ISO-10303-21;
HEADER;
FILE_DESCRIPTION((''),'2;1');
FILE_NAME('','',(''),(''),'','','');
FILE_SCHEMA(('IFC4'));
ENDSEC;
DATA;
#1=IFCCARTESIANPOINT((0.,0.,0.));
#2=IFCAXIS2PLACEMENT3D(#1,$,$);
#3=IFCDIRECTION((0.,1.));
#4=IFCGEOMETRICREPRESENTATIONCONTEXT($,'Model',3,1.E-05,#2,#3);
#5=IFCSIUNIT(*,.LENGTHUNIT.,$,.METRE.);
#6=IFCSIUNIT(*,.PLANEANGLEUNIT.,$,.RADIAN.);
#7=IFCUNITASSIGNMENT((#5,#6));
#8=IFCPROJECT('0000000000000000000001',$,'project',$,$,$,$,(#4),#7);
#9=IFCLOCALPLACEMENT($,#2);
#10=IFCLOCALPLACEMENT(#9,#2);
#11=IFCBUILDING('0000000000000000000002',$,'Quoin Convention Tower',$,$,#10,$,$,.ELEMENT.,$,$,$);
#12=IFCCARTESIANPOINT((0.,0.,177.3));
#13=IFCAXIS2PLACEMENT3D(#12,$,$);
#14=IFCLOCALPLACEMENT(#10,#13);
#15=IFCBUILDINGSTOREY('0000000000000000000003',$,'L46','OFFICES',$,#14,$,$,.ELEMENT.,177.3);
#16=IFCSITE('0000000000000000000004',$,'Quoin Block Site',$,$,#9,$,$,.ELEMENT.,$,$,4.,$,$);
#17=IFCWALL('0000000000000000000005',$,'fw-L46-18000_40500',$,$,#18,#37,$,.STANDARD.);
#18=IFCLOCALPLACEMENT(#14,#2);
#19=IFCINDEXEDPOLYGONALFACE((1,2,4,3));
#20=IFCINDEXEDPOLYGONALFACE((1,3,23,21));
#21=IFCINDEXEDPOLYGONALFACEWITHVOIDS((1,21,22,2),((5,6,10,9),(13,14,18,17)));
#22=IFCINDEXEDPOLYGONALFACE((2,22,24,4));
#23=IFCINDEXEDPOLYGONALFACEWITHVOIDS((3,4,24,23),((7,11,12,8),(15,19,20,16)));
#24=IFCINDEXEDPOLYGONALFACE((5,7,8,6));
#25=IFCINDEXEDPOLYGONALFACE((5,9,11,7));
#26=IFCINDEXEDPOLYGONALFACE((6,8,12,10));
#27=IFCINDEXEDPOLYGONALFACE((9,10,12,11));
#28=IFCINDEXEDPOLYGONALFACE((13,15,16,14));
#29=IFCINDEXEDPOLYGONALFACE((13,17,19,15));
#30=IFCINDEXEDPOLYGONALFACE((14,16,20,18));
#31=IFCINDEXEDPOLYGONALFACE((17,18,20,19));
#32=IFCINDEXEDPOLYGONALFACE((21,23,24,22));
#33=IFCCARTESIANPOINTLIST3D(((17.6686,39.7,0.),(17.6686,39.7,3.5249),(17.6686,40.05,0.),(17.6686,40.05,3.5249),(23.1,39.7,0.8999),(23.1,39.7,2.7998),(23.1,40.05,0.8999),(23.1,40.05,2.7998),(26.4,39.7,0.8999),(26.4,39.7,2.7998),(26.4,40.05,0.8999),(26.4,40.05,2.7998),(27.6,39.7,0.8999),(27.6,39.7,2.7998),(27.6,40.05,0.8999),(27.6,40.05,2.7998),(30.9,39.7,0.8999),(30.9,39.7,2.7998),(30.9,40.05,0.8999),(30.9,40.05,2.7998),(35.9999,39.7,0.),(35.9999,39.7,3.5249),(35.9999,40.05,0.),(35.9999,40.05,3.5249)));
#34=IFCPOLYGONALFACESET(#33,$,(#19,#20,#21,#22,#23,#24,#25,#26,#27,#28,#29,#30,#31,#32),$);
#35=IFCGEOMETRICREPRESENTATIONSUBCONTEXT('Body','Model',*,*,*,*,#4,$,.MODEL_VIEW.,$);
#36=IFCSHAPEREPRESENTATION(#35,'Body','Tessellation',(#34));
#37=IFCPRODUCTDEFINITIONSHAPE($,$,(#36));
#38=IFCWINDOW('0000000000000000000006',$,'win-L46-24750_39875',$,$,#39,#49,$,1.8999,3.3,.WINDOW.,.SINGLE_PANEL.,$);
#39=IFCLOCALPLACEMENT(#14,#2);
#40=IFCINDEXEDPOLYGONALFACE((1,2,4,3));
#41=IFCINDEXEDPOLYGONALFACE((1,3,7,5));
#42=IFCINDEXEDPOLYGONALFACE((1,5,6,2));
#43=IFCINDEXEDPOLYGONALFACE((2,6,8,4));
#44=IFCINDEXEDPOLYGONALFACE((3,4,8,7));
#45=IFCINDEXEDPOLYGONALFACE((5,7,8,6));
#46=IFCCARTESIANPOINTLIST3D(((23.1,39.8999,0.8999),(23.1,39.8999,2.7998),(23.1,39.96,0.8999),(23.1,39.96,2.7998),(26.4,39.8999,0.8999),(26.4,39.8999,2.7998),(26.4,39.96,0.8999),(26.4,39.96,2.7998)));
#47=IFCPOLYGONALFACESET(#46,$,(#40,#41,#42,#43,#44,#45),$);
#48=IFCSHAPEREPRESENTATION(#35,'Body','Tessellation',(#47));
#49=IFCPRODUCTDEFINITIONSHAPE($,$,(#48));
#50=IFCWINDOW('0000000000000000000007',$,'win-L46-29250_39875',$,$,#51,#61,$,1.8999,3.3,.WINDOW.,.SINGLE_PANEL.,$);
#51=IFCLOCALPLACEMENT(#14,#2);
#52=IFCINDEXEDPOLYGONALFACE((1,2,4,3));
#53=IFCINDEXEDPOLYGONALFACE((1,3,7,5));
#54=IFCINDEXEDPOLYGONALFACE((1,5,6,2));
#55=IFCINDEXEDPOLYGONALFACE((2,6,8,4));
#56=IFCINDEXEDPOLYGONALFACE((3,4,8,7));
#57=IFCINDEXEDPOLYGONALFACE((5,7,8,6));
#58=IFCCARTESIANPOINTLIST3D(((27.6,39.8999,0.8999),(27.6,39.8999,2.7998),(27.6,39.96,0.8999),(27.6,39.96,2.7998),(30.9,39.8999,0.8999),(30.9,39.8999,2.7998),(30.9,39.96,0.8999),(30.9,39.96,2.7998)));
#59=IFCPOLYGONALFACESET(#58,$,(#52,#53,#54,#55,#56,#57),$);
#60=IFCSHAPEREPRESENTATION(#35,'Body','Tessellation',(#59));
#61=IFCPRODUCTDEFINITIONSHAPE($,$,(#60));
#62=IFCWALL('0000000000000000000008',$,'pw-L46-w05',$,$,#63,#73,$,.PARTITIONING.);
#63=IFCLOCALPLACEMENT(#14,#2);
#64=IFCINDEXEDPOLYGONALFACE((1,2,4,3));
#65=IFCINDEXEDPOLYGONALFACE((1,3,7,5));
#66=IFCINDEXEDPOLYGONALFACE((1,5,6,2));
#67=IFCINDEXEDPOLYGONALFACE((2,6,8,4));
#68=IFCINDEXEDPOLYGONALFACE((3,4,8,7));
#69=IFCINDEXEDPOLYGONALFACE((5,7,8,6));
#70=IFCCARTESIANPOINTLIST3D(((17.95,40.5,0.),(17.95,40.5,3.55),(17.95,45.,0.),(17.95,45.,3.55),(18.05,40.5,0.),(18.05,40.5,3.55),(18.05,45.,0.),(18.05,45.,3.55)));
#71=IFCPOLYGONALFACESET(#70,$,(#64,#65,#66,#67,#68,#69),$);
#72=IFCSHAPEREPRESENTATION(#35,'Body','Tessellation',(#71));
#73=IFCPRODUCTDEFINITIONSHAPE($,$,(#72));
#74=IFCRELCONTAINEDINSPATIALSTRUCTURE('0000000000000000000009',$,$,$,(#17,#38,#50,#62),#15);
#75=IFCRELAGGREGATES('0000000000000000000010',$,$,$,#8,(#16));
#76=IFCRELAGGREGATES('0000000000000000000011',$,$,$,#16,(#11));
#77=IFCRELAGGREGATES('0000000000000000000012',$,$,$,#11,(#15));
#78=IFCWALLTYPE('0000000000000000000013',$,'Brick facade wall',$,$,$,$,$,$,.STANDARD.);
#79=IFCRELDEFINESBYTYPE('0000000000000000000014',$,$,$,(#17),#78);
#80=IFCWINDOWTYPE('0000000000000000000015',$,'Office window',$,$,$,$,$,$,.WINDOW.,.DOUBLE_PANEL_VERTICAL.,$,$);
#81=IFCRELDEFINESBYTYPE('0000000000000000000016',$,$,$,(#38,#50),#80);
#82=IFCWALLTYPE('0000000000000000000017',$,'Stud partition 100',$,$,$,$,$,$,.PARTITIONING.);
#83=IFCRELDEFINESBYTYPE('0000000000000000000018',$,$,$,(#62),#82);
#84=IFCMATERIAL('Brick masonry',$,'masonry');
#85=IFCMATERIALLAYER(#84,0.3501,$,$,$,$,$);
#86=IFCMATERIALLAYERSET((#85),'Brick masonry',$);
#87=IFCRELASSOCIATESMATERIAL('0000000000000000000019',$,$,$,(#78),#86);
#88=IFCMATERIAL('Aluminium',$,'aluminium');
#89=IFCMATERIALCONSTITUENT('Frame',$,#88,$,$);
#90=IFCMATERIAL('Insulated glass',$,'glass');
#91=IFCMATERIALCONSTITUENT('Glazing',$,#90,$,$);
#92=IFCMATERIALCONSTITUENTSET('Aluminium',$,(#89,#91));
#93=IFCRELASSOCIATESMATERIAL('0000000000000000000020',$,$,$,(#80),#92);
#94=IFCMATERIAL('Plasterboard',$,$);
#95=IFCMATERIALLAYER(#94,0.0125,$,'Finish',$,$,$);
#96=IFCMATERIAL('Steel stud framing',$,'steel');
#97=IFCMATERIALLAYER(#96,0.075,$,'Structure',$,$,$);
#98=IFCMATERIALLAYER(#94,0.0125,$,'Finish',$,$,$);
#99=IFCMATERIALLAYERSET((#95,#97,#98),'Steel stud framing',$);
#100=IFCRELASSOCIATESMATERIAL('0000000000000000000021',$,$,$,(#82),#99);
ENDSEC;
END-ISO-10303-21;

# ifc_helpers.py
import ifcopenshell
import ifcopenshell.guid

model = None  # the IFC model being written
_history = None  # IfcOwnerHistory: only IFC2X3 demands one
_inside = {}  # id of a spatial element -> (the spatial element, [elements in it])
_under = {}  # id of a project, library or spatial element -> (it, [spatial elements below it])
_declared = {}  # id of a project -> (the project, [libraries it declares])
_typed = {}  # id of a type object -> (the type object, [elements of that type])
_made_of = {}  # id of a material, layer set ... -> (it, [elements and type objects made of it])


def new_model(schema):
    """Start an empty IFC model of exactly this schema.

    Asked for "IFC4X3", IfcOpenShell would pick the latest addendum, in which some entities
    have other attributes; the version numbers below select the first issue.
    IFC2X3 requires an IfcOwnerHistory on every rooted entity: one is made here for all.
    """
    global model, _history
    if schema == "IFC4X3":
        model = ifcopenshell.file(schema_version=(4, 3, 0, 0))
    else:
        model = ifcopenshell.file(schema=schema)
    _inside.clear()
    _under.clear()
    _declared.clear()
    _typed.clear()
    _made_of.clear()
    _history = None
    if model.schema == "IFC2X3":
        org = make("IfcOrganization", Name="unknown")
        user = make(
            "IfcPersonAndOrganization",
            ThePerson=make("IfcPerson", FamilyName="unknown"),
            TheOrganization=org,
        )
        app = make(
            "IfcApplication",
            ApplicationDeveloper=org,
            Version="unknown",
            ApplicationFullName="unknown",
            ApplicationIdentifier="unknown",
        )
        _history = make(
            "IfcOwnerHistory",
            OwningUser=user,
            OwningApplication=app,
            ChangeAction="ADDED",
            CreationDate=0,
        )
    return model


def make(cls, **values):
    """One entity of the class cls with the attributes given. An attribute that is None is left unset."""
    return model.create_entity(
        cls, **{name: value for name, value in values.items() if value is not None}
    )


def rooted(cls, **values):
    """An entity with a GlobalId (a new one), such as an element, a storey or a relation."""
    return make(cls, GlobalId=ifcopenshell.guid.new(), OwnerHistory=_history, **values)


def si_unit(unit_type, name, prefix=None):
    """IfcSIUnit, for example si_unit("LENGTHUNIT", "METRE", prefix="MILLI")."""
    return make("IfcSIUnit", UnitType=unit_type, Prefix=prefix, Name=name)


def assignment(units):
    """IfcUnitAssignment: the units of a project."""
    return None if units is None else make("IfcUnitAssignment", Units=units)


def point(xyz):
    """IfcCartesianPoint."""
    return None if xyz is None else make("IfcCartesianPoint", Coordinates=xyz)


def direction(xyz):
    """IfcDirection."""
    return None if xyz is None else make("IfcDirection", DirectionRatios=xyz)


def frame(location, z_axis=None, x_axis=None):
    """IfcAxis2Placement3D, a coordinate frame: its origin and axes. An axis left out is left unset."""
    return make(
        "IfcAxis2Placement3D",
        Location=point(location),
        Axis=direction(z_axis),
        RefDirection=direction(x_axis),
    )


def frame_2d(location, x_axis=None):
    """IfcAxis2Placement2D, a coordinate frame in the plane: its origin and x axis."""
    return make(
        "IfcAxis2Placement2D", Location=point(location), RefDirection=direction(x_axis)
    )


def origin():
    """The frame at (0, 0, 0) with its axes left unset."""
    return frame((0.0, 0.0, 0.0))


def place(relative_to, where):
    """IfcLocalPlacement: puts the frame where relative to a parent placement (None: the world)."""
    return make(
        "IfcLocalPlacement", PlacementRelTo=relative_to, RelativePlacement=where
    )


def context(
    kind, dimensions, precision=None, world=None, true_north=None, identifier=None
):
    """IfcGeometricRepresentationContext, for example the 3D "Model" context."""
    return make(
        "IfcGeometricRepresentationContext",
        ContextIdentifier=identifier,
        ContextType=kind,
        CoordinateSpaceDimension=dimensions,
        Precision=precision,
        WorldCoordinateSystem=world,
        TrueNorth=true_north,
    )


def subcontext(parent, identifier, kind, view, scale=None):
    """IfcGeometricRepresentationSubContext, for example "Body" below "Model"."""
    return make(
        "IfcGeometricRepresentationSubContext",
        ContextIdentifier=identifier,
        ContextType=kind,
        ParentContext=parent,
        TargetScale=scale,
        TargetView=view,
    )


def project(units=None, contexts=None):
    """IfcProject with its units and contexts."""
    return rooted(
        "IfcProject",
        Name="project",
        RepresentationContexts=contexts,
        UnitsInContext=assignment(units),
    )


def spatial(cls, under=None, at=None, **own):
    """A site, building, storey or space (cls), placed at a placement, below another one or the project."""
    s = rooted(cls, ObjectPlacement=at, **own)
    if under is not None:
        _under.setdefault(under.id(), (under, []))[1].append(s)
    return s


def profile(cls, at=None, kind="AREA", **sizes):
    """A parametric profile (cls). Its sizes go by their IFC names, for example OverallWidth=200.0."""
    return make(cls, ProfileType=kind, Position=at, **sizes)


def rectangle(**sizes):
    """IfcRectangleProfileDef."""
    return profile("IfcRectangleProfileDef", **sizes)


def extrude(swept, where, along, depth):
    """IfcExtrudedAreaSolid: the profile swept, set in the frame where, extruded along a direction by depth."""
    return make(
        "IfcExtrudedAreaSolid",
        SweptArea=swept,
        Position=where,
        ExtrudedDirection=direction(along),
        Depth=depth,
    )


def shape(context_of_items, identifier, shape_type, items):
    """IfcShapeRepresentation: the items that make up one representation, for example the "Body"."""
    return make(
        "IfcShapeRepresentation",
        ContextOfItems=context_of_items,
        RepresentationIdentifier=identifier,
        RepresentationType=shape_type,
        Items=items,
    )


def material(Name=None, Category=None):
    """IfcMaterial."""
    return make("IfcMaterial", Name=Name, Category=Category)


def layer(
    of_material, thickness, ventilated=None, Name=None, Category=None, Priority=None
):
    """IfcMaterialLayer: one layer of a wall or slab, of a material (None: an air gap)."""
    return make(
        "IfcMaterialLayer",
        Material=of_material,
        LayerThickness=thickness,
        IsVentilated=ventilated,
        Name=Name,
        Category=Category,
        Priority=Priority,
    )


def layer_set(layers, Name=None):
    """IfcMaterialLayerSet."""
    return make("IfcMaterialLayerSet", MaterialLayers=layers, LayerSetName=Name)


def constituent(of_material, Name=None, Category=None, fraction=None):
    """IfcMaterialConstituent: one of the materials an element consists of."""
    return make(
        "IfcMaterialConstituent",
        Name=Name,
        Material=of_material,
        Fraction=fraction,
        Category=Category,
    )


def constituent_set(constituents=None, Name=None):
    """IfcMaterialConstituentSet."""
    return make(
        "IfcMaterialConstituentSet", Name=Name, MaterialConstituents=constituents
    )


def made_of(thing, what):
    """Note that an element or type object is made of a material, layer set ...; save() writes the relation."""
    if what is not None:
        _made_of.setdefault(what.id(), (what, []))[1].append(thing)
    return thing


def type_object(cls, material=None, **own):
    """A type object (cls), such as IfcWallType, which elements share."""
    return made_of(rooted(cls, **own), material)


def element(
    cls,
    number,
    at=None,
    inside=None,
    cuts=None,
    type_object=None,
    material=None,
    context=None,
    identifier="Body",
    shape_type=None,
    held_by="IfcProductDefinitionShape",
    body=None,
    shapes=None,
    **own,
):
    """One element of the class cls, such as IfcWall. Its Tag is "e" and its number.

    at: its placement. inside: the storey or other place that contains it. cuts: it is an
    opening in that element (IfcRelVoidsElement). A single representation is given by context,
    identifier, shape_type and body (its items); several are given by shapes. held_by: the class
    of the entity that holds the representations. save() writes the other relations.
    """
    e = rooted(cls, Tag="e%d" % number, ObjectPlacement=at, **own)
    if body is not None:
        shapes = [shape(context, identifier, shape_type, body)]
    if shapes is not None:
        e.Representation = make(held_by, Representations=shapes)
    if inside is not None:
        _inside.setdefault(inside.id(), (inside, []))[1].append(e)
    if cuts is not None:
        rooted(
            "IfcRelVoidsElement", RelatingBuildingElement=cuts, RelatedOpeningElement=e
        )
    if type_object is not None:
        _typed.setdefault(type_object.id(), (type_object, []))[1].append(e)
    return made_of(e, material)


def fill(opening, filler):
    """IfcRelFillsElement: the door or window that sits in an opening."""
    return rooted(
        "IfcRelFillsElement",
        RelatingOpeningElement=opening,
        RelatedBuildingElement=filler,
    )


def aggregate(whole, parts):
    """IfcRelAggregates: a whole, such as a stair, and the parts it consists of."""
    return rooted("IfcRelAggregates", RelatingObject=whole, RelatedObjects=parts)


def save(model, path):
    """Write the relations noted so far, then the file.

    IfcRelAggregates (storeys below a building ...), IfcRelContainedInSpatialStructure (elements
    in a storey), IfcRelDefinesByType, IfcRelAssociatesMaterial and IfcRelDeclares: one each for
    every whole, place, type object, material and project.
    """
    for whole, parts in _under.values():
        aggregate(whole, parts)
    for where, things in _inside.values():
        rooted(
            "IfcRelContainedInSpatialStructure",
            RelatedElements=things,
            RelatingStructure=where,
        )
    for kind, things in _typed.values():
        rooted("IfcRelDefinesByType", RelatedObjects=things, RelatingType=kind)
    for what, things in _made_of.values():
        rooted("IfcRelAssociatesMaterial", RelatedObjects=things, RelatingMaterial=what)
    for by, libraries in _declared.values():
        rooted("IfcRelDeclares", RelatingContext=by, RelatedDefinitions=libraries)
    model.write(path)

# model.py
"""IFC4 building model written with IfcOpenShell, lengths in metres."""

from ifc_helpers import new_model, si_unit, direction, frame, frame_2d, origin, place, context, subcontext, project, spatial, rectangle, extrude, material, layer, layer_set, constituent, constituent_set, type_object, element, fill, save


model = new_model("IFC4")

# Units and contexts
model_context = context("Model", 3, precision=1e-05, world=origin(), true_north=direction((0.0, 1.0)))
body_context = subcontext(model_context, "Body", "Model", "MODEL_VIEW")
ifc_project = project(units=[si_unit("LENGTHUNIT", "METRE"), si_unit("PLANEANGLEUNIT", "RADIAN")], contexts=[model_context])

# Site, building, storey
site_placement = place(None, origin())
site = spatial("IfcSite", under=ifc_project, at=site_placement, Name="Quoin Block Site", CompositionType="ELEMENT", RefElevation=4.0)
building_placement = place(site_placement, origin())
building = spatial("IfcBuilding", under=site, at=building_placement, Name="Quoin Convention Tower", CompositionType="ELEMENT")
storey_placement = place(building_placement, frame((0.0, 0.0, 177.3)))
storey = spatial("IfcBuildingStorey", under=building, at=storey_placement, Name="L46", Description="OFFICES", CompositionType="ELEMENT", Elevation=177.3)

# Wall, openings, windows
ifc_material_1 = material(Name="Brick masonry", Category="masonry")
ifc_layer_1 = layer(ifc_material_1, 0.3501)
ifc_layer_set_1 = layer_set([ifc_layer_1], Name="Brick masonry")
wall_type_1 = type_object("IfcWallType", Name="Brick facade wall", PredefinedType="STANDARD", material=ifc_layer_set_1)
ifc_material_2 = material(Name="Aluminium", Category="aluminium")
ifc_constituent_1 = constituent(ifc_material_2, Name="Frame")
ifc_material_3 = material(Name="Insulated glass", Category="glass")
ifc_constituent_2 = constituent(ifc_material_3, Name="Glazing")
ifc_constituent_set = constituent_set(constituents=[ifc_constituent_1, ifc_constituent_2], Name="Aluminium")
window_type = type_object("IfcWindowType", Name="Office window", PartitioningType="DOUBLE_PANEL_VERTICAL", PredefinedType="WINDOW", material=ifc_constituent_set)
wall_1_placement = place(storey_placement, frame((17.6687, 39.875, 0.0), z_axis=(0.0, 0.0, 1.0), x_axis=(1.0, 0.0, 0.0)))
wall_1 = element("IfcWall", 1, at=wall_1_placement, inside=storey, type_object=wall_type_1, Name="fw-L46-18000_40500", PredefinedType="STANDARD", context=body_context, shape_type="SweptSolid", body=[
    extrude(rectangle(XDim=18.3313, YDim=0.3501, at=frame_2d((9.1655, 0.0))), origin(), (0.0, 0.0, 1.0), 3.5249),
])
opening_1_placement = place(wall_1_placement, frame((5.4314, 0.0, 0.8999)))
opening_1 = element("IfcOpeningElement", 2, at=opening_1_placement, cuts=wall_1, PredefinedType="OPENING", context=body_context, shape_type="SweptSolid", body=[
    extrude(rectangle(XDim=3.3, YDim=1.8999, at=frame_2d((1.6499, 0.95))), frame((0.0, 0.1851, 0.0), z_axis=(0.0, -1.0, 0.0), x_axis=(1.0, 0.0, 0.0)), (0.0, 0.0, 1.0), 0.3701),
])
opening_2_placement = place(wall_1_placement, frame((9.9314, 0.0, 0.8999)))
opening_2 = element("IfcOpeningElement", 3, at=opening_2_placement, cuts=wall_1, PredefinedType="OPENING", context=body_context, shape_type="SweptSolid", body=[
    extrude(rectangle(XDim=3.3, YDim=1.8999, at=frame_2d((1.6499, 0.95))), frame((0.0, 0.1851, 0.0), z_axis=(0.0, -1.0, 0.0), x_axis=(1.0, 0.0, 0.0)), (0.0, 0.0, 1.0), 0.3701),
])
window_1_placement = place(opening_1_placement, origin())
window_1 = element("IfcWindow", 4, at=window_1_placement, inside=storey, type_object=window_type, Name="win-L46-24750_39875", OverallHeight=1.8999, OverallWidth=3.3, PartitioningType="SINGLE_PANEL", PredefinedType="WINDOW", context=body_context, shape_type="SweptSolid", body=[
    extrude(rectangle(XDim=3.3, YDim=1.8999, at=frame_2d((1.6499, 0.95))), frame((0.0, 0.085, 0.0), z_axis=(0.0, -1.0, 0.0), x_axis=(1.0, 0.0, 0.0)), (0.0, 0.0, 1.0), 0.0601),
])
fill(opening_1, window_1)
window_2_placement = place(opening_2_placement, origin())
window_2 = element("IfcWindow", 5, at=window_2_placement, inside=storey, type_object=window_type, Name="win-L46-29250_39875", OverallHeight=1.8999, OverallWidth=3.3, PartitioningType="SINGLE_PANEL", PredefinedType="WINDOW", context=body_context, shape_type="SweptSolid", body=[
    extrude(rectangle(XDim=3.3, YDim=1.8999, at=frame_2d((1.6499, 0.95))), frame((0.0, 0.085, 0.0), z_axis=(0.0, -1.0, 0.0), x_axis=(1.0, 0.0, 0.0)), (0.0, 0.0, 1.0), 0.0601),
])
fill(opening_2, window_2)

# Wall
ifc_material_4 = material(Name="Plasterboard")
ifc_layer_2 = layer(ifc_material_4, 0.0125, Name="Finish")
ifc_material_5 = material(Name="Steel stud framing", Category="steel")
ifc_layer_3 = layer(ifc_material_5, 0.075, Name="Structure")
ifc_layer_4 = layer(ifc_material_4, 0.0125, Name="Finish")
ifc_layer_set_2 = layer_set([ifc_layer_2, ifc_layer_3, ifc_layer_4], Name="Steel stud framing")
wall_type_2 = type_object("IfcWallType", Name="Stud partition 100", PredefinedType="PARTITIONING", material=ifc_layer_set_2)
wall_2_placement = place(storey_placement, frame((18.0, 40.5, 0.0), z_axis=(0.0, 0.0, 1.0), x_axis=(0.0, 1.0, 0.0)))
element("IfcWall", 6, at=wall_2_placement, inside=storey, type_object=wall_type_2, Name="pw-L46-w05", PredefinedType="PARTITIONING", context=body_context, shape_type="SweptSolid", body=[
    extrude(rectangle(XDim=4.5, YDim=0.1001, at=frame_2d((2.25, 0.0))), origin(), (0.0, 0.0, 1.0), 3.55),
])

save(model, "model.ifc")
